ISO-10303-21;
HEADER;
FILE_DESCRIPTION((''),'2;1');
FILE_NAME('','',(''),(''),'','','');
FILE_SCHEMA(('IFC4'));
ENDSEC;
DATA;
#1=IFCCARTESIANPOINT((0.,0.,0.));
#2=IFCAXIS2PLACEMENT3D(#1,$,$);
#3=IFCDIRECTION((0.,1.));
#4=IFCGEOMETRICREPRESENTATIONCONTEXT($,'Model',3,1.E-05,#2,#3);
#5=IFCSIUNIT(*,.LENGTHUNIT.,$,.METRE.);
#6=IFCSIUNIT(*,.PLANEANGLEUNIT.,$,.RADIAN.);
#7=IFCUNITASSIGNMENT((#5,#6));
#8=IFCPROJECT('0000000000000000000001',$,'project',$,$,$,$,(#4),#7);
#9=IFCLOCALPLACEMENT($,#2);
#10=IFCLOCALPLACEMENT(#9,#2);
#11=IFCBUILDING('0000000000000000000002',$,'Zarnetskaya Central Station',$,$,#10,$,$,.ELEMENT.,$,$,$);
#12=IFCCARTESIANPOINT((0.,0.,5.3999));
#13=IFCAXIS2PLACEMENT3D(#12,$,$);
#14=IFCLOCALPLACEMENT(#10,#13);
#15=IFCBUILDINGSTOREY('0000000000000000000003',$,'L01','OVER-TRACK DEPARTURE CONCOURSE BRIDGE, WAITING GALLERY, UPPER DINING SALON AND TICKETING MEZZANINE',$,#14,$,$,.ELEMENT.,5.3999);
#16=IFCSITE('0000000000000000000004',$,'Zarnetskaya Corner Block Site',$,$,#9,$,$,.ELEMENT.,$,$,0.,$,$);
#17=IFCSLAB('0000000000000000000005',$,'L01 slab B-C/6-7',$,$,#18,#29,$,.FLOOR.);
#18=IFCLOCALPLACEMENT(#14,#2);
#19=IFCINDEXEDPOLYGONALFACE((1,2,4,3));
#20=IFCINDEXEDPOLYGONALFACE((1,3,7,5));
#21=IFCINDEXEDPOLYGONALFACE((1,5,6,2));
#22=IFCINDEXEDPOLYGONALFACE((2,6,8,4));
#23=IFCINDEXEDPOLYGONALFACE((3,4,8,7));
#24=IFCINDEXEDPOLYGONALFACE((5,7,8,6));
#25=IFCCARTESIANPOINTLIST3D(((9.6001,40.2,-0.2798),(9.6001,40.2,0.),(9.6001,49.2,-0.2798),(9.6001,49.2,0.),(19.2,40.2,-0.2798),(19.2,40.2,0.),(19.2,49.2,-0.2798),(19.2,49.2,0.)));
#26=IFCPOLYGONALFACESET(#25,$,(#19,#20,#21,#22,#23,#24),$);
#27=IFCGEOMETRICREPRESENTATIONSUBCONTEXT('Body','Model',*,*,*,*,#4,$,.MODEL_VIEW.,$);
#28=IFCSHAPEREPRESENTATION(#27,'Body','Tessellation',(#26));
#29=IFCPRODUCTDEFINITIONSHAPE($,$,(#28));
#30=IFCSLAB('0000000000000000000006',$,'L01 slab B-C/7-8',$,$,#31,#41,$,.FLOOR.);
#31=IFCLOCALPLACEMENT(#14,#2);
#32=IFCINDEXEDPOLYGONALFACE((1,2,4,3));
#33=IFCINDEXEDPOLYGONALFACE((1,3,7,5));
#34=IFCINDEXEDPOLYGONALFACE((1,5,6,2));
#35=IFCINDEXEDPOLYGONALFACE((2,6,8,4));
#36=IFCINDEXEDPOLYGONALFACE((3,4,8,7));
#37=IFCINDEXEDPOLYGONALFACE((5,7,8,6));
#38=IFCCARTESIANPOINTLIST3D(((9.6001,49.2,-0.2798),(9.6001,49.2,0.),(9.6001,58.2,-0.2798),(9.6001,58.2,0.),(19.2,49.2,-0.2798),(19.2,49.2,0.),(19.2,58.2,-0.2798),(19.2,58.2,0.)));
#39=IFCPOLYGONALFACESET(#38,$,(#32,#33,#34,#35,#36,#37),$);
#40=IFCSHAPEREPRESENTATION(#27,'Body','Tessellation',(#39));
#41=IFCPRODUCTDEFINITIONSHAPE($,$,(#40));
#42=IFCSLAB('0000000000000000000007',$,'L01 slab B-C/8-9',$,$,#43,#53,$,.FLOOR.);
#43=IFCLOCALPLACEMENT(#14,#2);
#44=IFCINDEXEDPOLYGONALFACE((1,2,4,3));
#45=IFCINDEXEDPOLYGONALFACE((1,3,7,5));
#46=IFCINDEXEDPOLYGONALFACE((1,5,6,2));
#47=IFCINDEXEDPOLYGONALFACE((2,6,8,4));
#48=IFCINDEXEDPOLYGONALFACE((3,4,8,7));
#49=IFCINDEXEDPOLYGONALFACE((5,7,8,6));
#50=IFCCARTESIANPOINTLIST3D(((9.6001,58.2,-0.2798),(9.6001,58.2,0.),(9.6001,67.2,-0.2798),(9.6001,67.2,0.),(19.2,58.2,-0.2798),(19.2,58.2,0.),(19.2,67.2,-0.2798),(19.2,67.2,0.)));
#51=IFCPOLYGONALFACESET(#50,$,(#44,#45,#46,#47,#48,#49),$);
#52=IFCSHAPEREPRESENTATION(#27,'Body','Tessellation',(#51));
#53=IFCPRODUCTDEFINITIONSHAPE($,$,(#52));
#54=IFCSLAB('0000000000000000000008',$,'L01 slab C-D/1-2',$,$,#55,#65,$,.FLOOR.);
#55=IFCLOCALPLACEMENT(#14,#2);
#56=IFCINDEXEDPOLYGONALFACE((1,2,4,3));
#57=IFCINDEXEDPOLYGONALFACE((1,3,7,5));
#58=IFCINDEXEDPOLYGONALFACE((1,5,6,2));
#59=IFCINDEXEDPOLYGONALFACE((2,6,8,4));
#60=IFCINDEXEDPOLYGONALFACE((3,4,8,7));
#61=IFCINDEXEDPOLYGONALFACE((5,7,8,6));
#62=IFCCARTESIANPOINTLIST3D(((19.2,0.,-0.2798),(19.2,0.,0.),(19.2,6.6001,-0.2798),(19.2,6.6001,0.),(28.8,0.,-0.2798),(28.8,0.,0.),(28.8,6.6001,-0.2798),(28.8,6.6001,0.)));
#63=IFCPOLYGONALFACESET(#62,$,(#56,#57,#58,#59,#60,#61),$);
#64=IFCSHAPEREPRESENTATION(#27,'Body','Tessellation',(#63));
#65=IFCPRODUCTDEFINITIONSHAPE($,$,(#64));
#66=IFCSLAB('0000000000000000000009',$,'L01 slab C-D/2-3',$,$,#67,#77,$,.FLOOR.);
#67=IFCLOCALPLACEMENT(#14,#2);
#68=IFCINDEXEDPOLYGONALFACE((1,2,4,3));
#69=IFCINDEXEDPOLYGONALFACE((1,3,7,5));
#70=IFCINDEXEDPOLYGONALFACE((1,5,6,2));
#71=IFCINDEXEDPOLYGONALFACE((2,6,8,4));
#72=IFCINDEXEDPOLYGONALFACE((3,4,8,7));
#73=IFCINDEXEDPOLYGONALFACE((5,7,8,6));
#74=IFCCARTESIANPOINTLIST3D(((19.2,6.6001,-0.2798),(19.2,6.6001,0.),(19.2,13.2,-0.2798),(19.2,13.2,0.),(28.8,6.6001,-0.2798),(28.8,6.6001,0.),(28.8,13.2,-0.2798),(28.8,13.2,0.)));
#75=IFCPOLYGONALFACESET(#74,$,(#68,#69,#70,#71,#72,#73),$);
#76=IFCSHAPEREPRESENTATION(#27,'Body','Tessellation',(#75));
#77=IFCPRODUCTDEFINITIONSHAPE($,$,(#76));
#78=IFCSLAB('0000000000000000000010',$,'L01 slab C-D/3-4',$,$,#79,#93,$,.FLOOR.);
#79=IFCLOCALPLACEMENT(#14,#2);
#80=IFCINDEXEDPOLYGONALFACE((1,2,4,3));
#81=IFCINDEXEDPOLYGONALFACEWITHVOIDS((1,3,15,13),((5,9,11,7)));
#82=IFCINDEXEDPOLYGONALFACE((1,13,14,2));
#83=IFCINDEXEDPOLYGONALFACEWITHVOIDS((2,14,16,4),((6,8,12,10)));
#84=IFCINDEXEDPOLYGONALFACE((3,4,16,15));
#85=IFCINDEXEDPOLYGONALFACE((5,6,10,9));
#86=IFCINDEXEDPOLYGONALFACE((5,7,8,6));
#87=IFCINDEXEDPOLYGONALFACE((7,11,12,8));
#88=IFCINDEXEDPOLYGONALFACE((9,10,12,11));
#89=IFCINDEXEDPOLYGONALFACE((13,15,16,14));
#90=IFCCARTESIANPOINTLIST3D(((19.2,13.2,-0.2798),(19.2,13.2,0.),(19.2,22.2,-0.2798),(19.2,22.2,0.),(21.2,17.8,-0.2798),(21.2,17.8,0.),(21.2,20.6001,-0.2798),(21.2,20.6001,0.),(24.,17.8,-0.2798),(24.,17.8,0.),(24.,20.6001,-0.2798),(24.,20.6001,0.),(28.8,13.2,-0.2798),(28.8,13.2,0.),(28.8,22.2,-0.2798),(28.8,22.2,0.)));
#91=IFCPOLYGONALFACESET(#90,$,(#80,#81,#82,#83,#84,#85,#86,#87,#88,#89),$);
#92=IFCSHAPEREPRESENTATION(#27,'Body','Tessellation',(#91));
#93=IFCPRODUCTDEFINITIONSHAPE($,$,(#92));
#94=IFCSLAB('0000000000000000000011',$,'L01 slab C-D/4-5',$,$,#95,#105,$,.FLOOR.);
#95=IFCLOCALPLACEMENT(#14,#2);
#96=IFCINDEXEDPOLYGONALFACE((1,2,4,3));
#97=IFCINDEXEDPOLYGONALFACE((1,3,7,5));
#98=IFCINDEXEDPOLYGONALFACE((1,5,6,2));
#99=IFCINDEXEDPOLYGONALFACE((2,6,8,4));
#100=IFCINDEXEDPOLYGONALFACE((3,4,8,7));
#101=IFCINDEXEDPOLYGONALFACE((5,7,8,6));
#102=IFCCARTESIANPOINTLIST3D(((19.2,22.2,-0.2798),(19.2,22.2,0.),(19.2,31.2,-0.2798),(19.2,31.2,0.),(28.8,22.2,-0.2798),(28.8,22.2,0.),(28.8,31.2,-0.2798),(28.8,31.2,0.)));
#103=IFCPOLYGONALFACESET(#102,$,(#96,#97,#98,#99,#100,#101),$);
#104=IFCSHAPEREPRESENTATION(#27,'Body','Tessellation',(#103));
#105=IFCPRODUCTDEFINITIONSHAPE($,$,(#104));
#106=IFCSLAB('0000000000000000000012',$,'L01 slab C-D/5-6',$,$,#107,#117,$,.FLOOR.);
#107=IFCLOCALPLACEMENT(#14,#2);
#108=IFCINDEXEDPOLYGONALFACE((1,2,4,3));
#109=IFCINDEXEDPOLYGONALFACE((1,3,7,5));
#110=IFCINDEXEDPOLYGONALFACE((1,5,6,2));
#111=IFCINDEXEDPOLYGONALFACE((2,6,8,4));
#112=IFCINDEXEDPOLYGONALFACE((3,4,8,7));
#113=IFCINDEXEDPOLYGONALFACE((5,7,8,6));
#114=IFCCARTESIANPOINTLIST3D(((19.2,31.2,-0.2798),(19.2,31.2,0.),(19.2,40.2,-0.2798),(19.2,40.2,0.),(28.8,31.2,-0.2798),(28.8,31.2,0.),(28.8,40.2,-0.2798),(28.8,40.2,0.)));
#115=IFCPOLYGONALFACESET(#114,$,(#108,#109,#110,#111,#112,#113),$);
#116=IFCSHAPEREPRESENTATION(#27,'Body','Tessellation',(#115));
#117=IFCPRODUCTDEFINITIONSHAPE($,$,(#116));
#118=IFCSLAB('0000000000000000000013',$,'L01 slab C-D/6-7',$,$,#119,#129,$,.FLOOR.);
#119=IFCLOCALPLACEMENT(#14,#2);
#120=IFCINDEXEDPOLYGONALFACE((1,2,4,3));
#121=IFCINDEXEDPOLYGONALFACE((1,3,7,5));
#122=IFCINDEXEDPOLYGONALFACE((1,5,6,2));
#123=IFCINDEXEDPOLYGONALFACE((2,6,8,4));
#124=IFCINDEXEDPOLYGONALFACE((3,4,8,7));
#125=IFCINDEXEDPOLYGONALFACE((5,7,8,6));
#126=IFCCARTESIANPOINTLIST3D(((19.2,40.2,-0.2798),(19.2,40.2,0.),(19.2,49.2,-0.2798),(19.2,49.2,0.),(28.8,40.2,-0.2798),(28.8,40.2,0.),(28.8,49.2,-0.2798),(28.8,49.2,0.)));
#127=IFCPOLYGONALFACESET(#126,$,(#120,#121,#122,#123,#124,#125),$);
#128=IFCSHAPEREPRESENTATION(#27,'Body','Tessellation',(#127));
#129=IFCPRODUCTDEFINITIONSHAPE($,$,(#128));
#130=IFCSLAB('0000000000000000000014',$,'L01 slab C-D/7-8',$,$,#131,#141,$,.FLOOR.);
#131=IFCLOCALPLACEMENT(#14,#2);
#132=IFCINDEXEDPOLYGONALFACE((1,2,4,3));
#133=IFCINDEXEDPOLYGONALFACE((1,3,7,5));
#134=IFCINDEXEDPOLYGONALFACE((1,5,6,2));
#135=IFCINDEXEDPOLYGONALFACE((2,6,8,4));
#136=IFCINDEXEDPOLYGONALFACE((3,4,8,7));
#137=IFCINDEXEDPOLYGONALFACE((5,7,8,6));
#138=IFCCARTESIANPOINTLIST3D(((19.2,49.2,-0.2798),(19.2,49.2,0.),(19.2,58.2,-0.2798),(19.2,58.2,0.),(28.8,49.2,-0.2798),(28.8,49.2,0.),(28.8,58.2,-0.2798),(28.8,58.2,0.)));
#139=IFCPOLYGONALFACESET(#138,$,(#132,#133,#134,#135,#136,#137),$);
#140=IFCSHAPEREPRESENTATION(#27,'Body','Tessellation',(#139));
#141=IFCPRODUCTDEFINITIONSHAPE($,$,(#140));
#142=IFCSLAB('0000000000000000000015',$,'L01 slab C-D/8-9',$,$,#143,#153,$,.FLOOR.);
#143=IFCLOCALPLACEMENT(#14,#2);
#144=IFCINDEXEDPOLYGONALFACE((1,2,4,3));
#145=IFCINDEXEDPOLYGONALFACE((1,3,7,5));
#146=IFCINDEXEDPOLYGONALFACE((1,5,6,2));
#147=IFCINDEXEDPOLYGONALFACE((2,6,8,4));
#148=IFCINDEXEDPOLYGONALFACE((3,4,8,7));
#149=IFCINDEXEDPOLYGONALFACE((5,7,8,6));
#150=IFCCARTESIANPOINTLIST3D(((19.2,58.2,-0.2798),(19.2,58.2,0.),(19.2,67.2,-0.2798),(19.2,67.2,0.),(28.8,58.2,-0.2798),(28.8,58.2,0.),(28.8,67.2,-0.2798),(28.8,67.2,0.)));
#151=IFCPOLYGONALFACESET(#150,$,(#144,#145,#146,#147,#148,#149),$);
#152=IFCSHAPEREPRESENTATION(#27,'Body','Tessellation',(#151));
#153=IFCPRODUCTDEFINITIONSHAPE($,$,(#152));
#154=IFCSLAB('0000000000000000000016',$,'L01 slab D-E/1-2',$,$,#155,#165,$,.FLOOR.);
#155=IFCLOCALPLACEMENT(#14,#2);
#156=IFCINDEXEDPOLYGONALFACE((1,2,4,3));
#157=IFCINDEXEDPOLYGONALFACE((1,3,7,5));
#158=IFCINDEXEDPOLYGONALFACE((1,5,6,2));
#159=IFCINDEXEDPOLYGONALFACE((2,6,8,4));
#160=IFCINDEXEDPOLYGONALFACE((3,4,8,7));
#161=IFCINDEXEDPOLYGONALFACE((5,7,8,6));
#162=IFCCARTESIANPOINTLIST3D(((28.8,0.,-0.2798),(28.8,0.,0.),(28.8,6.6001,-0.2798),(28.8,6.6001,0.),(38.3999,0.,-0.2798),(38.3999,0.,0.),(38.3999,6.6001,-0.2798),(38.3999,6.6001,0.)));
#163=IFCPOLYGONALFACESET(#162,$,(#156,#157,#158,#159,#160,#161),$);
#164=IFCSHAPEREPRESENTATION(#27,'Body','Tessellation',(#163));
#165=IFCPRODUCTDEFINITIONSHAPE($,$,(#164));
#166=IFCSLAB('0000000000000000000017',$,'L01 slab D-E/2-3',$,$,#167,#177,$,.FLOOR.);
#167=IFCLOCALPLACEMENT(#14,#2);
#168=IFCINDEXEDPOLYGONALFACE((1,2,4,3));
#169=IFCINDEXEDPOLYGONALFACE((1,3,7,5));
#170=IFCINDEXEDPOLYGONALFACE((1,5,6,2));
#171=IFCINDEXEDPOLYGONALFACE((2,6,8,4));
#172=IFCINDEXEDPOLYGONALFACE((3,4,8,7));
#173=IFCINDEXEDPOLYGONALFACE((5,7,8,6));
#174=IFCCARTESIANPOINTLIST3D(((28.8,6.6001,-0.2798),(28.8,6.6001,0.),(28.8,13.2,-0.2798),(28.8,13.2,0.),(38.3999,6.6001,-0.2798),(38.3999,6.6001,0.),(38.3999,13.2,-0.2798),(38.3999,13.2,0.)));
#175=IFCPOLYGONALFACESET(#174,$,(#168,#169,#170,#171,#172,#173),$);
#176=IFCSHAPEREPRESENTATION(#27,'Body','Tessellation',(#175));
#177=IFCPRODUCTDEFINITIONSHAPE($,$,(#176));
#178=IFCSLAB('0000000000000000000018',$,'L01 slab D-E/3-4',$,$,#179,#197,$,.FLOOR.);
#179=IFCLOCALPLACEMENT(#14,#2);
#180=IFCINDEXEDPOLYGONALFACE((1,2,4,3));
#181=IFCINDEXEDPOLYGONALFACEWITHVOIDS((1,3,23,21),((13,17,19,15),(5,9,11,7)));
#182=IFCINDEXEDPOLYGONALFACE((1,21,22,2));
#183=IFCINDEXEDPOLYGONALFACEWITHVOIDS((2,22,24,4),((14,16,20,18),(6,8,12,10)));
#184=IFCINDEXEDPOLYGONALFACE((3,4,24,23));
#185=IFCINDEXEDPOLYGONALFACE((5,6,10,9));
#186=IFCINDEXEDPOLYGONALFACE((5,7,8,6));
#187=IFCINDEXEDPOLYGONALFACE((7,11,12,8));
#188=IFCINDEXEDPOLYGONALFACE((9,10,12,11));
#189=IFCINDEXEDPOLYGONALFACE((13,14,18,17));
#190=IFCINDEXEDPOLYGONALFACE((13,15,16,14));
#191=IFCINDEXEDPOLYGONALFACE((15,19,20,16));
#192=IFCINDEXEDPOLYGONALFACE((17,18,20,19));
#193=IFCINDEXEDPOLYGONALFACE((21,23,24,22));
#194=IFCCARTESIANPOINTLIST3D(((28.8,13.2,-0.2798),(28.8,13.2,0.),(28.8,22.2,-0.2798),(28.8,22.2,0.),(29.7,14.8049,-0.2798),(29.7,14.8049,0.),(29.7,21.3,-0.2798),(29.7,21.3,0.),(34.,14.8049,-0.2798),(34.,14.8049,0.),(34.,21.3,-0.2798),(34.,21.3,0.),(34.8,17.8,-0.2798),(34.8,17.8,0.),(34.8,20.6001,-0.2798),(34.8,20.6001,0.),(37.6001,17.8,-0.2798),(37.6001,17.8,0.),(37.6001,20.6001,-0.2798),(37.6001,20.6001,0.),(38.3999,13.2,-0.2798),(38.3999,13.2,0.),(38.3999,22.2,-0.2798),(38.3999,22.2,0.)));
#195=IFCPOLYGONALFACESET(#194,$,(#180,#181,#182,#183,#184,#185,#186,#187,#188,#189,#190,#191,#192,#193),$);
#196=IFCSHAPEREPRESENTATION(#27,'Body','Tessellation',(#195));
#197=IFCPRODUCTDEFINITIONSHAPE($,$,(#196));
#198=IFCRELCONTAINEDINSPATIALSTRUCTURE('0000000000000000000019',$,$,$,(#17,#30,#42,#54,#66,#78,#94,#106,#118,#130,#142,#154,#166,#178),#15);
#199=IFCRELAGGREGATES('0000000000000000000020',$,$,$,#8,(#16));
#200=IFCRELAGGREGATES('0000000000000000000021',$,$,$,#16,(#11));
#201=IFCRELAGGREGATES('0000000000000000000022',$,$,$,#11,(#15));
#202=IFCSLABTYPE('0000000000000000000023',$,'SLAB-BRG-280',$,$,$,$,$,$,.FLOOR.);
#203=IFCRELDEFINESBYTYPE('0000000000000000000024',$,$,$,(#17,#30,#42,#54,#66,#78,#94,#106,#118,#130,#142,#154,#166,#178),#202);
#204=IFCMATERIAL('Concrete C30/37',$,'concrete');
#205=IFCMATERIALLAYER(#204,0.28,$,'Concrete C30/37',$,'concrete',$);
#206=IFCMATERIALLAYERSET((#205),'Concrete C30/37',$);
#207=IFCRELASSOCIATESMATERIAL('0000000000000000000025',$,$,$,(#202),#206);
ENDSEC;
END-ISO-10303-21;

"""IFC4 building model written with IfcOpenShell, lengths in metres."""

from ifc_helpers import new_model, si_unit, direction, frame, origin, place, context, subcontext, project, spatial, polyline, outline, extrude, material, layer, layer_set, type_object, element, save


model = new_model("IFC4")

# Units and contexts
model_context = context("Model", 3, precision=1e-05, world=origin(), true_north=direction((0.0, 1.0)))
body_context = subcontext(model_context, "Body", "Model", "MODEL_VIEW")
ifc_project = project(units=[si_unit("LENGTHUNIT", "METRE"), si_unit("PLANEANGLEUNIT", "RADIAN")], contexts=[model_context])

# Site, building, storey
site_placement = place(None, origin())
site = spatial("IfcSite", under=ifc_project, at=site_placement, Name="Zarnetskaya Corner Block Site", CompositionType="ELEMENT", RefElevation=0.0)
building_placement = place(site_placement, origin())
building = spatial("IfcBuilding", under=site, at=building_placement, Name="Zarnetskaya Central Station", CompositionType="ELEMENT")
storey_placement = place(building_placement, frame((0.0, 0.0, 5.3999)))
storey = spatial("IfcBuildingStorey", under=building, at=storey_placement, Name="L01", Description="OVER-TRACK DEPARTURE CONCOURSE BRIDGE, WAITING GALLERY, UPPER DINING SALON AND TICKETING MEZZANINE", CompositionType="ELEMENT", Elevation=5.3999)

# Slabs
ifc_material = material(Name="Concrete C30/37", Category="concrete")
ifc_layer = layer(ifc_material, 0.28, Name="Concrete C30/37", Category="concrete")
ifc_layer_set = layer_set([ifc_layer], Name="Concrete C30/37")
slab_type = type_object("IfcSlabType", Name="SLAB-BRG-280", PredefinedType="FLOOR", material=ifc_layer_set)
slab_1_placement = place(storey_placement, frame((0.0, 0.0, -0.2798)))
element("IfcSlab", 1, at=slab_1_placement, inside=storey, type_object=slab_type, Name="L01 slab B-C/6-7", PredefinedType="FLOOR", context=body_context, shape_type="SweptSolid", body=[
    extrude(outline(polyline([(9.6001, 40.2), (19.2, 40.2), (19.2, 49.2), (9.6001, 49.2), (9.6001, 40.2)])), origin(), (0.0, 0.0, 1.0), 0.2798),
])
slab_2_placement = place(storey_placement, frame((0.0, 0.0, -0.2798)))
element("IfcSlab", 2, at=slab_2_placement, inside=storey, type_object=slab_type, Name="L01 slab B-C/7-8", PredefinedType="FLOOR", context=body_context, shape_type="SweptSolid", body=[
    extrude(outline(polyline([(9.6001, 49.2), (19.2, 49.2), (19.2, 58.2), (9.6001, 58.2), (9.6001, 49.2)])), origin(), (0.0, 0.0, 1.0), 0.2798),
])
slab_3_placement = place(storey_placement, frame((0.0, 0.0, -0.2798)))
element("IfcSlab", 3, at=slab_3_placement, inside=storey, type_object=slab_type, Name="L01 slab B-C/8-9", PredefinedType="FLOOR", context=body_context, shape_type="SweptSolid", body=[
    extrude(outline(polyline([(9.6001, 58.2), (19.2, 58.2), (19.2, 67.2), (9.6001, 67.2), (9.6001, 58.2)])), origin(), (0.0, 0.0, 1.0), 0.2798),
])
slab_4_placement = place(storey_placement, frame((0.0, 0.0, -0.2798)))
element("IfcSlab", 4, at=slab_4_placement, inside=storey, type_object=slab_type, Name="L01 slab C-D/1-2", PredefinedType="FLOOR", context=body_context, shape_type="SweptSolid", body=[
    extrude(outline(polyline([(19.2, 0.0), (28.8, 0.0), (28.8, 6.6001), (19.2, 6.6001), (19.2, 0.0)])), origin(), (0.0, 0.0, 1.0), 0.2798),
])
slab_5_placement = place(storey_placement, frame((0.0, 0.0, -0.2798)))
element("IfcSlab", 5, at=slab_5_placement, inside=storey, type_object=slab_type, Name="L01 slab C-D/2-3", PredefinedType="FLOOR", context=body_context, shape_type="SweptSolid", body=[
    extrude(outline(polyline([(19.2, 6.6001), (28.8, 6.6001), (28.8, 13.2), (19.2, 13.2), (19.2, 6.6001)])), origin(), (0.0, 0.0, 1.0), 0.2798),
])
slab_6_placement = place(storey_placement, frame((0.0, 0.0, -0.2798)))
element("IfcSlab", 6, at=slab_6_placement, inside=storey, type_object=slab_type, Name="L01 slab C-D/3-4", PredefinedType="FLOOR", context=body_context, shape_type="SweptSolid", body=[
    extrude(outline(polyline([(19.2, 13.2), (28.8, 13.2), (28.8, 22.2), (19.2, 22.2), (19.2, 13.2)]), holes=[polyline([(21.2, 17.8), (24.0, 17.8), (24.0, 20.6001), (21.2, 20.6001), (21.2, 17.8)])]), origin(), (0.0, 0.0, 1.0), 0.2798),
])
slab_7_placement = place(storey_placement, frame((0.0, 0.0, -0.2798)))
element("IfcSlab", 7, at=slab_7_placement, inside=storey, type_object=slab_type, Name="L01 slab C-D/4-5", PredefinedType="FLOOR", context=body_context, shape_type="SweptSolid", body=[
    extrude(outline(polyline([(19.2, 22.2), (28.8, 22.2), (28.8, 31.2), (19.2, 31.2), (19.2, 22.2)])), origin(), (0.0, 0.0, 1.0), 0.2798),
])
slab_8_placement = place(storey_placement, frame((0.0, 0.0, -0.2798)))
element("IfcSlab", 8, at=slab_8_placement, inside=storey, type_object=slab_type, Name="L01 slab C-D/5-6", PredefinedType="FLOOR", context=body_context, shape_type="SweptSolid", body=[
    extrude(outline(polyline([(19.2, 31.2), (28.8, 31.2), (28.8, 40.2), (19.2, 40.2), (19.2, 31.2)])), origin(), (0.0, 0.0, 1.0), 0.2798),
])
slab_9_placement = place(storey_placement, frame((0.0, 0.0, -0.2798)))
element("IfcSlab", 9, at=slab_9_placement, inside=storey, type_object=slab_type, Name="L01 slab C-D/6-7", PredefinedType="FLOOR", context=body_context, shape_type="SweptSolid", body=[
    extrude(outline(polyline([(19.2, 40.2), (28.8, 40.2), (28.8, 49.2), (19.2, 49.2), (19.2, 40.2)])), origin(), (0.0, 0.0, 1.0), 0.2798),
])
slab_10_placement = place(storey_placement, frame((0.0, 0.0, -0.2798)))
element("IfcSlab", 10, at=slab_10_placement, inside=storey, type_object=slab_type, Name="L01 slab C-D/7-8", PredefinedType="FLOOR", context=body_context, shape_type="SweptSolid", body=[
    extrude(outline(polyline([(19.2, 49.2), (28.8, 49.2), (28.8, 58.2), (19.2, 58.2), (19.2, 49.2)])), origin(), (0.0, 0.0, 1.0), 0.2798),
])
slab_11_placement = place(storey_placement, frame((0.0, 0.0, -0.2798)))
element("IfcSlab", 11, at=slab_11_placement, inside=storey, type_object=slab_type, Name="L01 slab C-D/8-9", PredefinedType="FLOOR", context=body_context, shape_type="SweptSolid", body=[
    extrude(outline(polyline([(19.2, 58.2), (28.8, 58.2), (28.8, 67.2), (19.2, 67.2), (19.2, 58.2)])), origin(), (0.0, 0.0, 1.0), 0.2798),
])
slab_12_placement = place(storey_placement, frame((0.0, 0.0, -0.2798)))
element("IfcSlab", 12, at=slab_12_placement, inside=storey, type_object=slab_type, Name="L01 slab D-E/1-2", PredefinedType="FLOOR", context=body_context, shape_type="SweptSolid", body=[
    extrude(outline(polyline([(28.8, 0.0), (38.3999, 0.0), (38.3999, 6.6001), (28.8, 6.6001), (28.8, 0.0)])), origin(), (0.0, 0.0, 1.0), 0.2798),
])
slab_13_placement = place(storey_placement, frame((0.0, 0.0, -0.2798)))
element("IfcSlab", 13, at=slab_13_placement, inside=storey, type_object=slab_type, Name="L01 slab D-E/2-3", PredefinedType="FLOOR", context=body_context, shape_type="SweptSolid", body=[
    extrude(outline(polyline([(28.8, 6.6001), (38.3999, 6.6001), (38.3999, 13.2), (28.8, 13.2), (28.8, 6.6001)])), origin(), (0.0, 0.0, 1.0), 0.2798),
])
slab_14_placement = place(storey_placement, frame((0.0, 0.0, -0.2798)))
element("IfcSlab", 14, at=slab_14_placement, inside=storey, type_object=slab_type, Name="L01 slab D-E/3-4", PredefinedType="FLOOR", context=body_context, shape_type="SweptSolid", body=[
    extrude(outline(polyline([(28.8, 13.2), (38.3999, 13.2), (38.3999, 22.2), (28.8, 22.2), (28.8, 13.2)]), holes=[polyline([(29.7, 14.8049), (34.0, 14.8049), (34.0, 21.3), (29.7, 21.3), (29.7, 14.8049)]), polyline([(34.8, 17.8), (37.6001, 17.8), (37.6001, 20.6001), (34.8, 20.6001), (34.8, 17.8)])]), origin(), (0.0, 0.0, 1.0), 0.2798),
])

save(model, "model.ifc")
